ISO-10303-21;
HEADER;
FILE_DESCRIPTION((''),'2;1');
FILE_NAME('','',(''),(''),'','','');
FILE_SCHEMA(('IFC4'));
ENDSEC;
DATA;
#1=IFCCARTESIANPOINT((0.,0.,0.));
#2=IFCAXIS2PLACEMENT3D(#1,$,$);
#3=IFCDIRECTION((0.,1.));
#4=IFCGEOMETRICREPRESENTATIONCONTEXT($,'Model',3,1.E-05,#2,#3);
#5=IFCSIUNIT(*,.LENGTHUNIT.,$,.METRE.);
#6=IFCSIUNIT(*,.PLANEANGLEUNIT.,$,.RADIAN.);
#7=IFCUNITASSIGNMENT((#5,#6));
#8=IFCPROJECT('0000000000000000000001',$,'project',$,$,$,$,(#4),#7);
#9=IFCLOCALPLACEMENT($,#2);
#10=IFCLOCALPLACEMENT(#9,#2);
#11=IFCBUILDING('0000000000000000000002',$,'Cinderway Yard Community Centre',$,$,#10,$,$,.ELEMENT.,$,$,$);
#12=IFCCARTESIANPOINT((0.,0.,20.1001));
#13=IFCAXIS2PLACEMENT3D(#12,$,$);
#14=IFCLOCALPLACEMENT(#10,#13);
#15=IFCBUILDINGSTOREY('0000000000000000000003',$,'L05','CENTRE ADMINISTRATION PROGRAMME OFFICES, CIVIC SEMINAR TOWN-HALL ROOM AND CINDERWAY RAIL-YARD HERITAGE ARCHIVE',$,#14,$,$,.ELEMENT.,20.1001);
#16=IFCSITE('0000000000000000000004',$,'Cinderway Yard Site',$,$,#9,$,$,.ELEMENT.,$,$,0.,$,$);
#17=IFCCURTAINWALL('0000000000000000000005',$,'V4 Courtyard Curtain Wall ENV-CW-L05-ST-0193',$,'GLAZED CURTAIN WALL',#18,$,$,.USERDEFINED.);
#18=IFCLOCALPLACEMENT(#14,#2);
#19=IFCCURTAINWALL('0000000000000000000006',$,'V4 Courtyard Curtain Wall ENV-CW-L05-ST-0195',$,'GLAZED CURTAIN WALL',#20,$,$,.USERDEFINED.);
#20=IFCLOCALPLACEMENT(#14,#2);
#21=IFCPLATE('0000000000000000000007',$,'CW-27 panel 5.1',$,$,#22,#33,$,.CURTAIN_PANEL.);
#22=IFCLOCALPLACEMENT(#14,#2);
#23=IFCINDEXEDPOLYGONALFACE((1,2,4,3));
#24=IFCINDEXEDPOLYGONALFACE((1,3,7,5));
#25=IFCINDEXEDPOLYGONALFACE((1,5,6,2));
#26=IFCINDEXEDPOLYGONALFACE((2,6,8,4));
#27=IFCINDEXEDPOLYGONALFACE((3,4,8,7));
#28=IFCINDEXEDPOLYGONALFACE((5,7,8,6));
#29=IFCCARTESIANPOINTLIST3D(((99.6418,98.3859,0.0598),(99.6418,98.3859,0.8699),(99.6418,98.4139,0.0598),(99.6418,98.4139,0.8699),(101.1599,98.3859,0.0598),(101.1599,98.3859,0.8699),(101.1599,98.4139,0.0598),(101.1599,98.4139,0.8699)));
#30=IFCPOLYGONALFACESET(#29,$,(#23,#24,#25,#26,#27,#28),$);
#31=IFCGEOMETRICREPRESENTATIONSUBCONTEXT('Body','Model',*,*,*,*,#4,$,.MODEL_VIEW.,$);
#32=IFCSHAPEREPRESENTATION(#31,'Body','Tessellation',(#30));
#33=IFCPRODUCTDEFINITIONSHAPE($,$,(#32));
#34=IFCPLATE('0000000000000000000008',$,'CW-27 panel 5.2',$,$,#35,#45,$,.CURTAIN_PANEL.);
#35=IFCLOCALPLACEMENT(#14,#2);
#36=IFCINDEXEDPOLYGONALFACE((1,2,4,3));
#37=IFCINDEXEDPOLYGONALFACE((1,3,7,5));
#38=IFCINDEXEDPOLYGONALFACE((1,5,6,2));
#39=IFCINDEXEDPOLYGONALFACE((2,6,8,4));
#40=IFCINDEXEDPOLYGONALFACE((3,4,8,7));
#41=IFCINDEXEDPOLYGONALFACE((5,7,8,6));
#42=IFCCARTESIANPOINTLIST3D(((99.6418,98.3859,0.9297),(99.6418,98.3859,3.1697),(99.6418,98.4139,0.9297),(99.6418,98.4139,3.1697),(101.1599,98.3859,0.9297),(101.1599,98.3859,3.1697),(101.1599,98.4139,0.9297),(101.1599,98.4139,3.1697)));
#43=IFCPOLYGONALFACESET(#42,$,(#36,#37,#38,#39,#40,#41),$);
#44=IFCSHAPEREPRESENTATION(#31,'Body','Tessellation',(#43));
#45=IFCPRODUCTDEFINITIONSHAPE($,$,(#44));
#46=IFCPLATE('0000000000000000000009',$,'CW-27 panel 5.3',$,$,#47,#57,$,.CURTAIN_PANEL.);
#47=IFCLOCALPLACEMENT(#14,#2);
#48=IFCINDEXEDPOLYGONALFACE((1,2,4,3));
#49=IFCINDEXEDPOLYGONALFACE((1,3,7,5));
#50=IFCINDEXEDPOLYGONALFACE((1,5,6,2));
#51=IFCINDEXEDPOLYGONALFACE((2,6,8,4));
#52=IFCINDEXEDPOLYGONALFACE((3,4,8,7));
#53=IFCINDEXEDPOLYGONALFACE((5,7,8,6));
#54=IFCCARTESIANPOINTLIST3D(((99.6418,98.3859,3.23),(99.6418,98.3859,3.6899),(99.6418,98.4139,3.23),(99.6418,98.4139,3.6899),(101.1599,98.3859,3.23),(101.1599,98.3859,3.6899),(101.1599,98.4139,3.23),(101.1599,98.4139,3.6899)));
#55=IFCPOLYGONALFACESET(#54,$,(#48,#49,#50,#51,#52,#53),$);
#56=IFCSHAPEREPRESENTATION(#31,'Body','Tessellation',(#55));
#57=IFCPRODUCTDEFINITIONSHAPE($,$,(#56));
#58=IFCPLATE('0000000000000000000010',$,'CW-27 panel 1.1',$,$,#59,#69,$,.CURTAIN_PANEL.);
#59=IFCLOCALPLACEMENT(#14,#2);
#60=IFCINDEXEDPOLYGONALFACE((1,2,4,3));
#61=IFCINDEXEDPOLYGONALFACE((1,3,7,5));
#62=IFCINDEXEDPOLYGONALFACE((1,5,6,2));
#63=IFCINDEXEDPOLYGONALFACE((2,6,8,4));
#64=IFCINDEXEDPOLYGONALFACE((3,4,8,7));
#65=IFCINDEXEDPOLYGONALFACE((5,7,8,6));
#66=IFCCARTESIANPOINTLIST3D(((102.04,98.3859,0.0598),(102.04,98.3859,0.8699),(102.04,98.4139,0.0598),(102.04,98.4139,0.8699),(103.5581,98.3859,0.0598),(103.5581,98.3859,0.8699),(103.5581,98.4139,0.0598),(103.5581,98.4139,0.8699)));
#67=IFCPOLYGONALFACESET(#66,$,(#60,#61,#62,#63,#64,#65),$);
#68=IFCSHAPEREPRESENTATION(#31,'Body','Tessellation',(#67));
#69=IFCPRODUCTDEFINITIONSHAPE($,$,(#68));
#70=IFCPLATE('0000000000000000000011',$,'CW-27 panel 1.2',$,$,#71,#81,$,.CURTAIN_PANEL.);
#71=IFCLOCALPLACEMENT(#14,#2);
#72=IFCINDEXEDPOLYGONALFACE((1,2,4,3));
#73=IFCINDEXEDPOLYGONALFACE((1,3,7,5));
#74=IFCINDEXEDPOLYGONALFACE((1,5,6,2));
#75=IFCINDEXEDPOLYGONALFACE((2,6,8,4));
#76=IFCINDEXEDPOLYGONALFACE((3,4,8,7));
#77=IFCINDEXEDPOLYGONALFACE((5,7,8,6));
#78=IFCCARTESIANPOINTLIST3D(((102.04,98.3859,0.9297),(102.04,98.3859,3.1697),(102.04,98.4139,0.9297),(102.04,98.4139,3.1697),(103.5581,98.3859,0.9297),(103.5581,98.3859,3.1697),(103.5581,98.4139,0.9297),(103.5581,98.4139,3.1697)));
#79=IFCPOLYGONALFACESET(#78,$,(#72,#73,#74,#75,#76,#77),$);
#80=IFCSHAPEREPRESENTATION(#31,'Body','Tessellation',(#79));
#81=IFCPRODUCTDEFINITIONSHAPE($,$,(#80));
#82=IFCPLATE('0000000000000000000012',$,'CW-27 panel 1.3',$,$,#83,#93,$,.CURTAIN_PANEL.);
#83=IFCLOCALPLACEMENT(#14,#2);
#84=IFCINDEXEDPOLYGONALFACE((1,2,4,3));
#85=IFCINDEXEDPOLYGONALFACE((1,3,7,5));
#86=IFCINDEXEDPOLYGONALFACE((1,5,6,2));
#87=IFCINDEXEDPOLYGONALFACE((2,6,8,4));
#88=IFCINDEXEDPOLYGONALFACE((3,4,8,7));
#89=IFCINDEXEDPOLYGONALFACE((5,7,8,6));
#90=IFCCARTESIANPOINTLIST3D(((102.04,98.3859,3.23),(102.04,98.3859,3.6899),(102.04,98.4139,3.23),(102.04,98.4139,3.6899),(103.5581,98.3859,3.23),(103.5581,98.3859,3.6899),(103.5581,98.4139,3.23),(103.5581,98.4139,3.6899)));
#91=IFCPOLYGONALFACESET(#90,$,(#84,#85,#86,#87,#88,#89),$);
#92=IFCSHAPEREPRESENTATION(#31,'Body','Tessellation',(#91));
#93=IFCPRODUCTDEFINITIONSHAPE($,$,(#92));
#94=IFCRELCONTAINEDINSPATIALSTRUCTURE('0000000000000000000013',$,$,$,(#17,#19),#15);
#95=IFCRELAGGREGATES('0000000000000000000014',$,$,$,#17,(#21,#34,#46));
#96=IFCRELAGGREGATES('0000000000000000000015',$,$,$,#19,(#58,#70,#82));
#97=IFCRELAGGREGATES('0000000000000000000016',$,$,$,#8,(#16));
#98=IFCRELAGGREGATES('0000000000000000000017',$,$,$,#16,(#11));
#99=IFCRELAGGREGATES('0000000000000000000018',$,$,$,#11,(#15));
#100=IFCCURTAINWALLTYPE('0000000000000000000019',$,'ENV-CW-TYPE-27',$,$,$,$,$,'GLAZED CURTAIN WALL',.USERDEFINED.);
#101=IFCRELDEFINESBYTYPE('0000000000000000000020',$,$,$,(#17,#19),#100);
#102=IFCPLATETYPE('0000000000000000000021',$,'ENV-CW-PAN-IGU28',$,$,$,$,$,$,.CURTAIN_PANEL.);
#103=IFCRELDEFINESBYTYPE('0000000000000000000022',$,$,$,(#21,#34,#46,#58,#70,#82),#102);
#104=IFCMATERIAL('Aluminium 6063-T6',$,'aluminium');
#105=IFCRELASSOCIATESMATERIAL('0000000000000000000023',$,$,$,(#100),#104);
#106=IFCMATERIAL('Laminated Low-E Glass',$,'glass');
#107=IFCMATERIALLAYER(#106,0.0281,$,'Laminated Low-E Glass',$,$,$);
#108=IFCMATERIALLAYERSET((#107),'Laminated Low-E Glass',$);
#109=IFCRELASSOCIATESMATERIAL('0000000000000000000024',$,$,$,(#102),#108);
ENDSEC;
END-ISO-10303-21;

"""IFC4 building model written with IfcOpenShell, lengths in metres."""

from ifc_helpers import new_model, si_unit, direction, frame, origin, origin_2d, place, context, subcontext, project, spatial, rectangle, extrude, material, layer, layer_set, type_object, element, aggregate, save


model = new_model("IFC4")

# Units and contexts
model_context = context("Model", 3, precision=1e-05, world=origin(), true_north=direction((0.0, 1.0)))
body_context = subcontext(model_context, "Body", "Model", "MODEL_VIEW")
ifc_project = project(units=[si_unit("LENGTHUNIT", "METRE"), si_unit("PLANEANGLEUNIT", "RADIAN")], contexts=[model_context])

# Site, building, storey
site_placement = place(None, origin())
site = spatial("IfcSite", under=ifc_project, at=site_placement, Name="Cinderway Yard Site", CompositionType="ELEMENT", RefElevation=0.0)
building_placement = place(site_placement, origin())
building = spatial("IfcBuilding", under=site, at=building_placement, Name="Cinderway Yard Community Centre", CompositionType="ELEMENT")
storey_placement = place(building_placement, frame((0.0, 0.0, 20.1001)))
storey = spatial("IfcBuildingStorey", under=building, at=storey_placement, Name="L05", Description="CENTRE ADMINISTRATION PROGRAMME OFFICES, CIVIC SEMINAR TOWN-HALL ROOM AND CINDERWAY RAIL-YARD HERITAGE ARCHIVE", CompositionType="ELEMENT", Elevation=20.1001)

# Curtain walls
ifc_material_1 = material(Name="Aluminium 6063-T6", Category="aluminium")
curtain_wall_type = type_object("IfcCurtainWallType", Name="ENV-CW-TYPE-27", ElementType="GLAZED CURTAIN WALL", PredefinedType="USERDEFINED", material=ifc_material_1)
curtain_wall_1_placement = place(storey_placement, origin())
curtain_wall_1 = element("IfcCurtainWall", 1, at=curtain_wall_1_placement, inside=storey, type_object=curtain_wall_type, Name="V4 Courtyard Curtain Wall ENV-CW-L05-ST-0193", ObjectType="GLAZED CURTAIN WALL", PredefinedType="USERDEFINED")
curtain_wall_2_placement = place(storey_placement, origin())
curtain_wall_2 = element("IfcCurtainWall", 2, at=curtain_wall_2_placement, inside=storey, type_object=curtain_wall_type, Name="V4 Courtyard Curtain Wall ENV-CW-L05-ST-0195", ObjectType="GLAZED CURTAIN WALL", PredefinedType="USERDEFINED")

# Plates
ifc_material_2 = material(Name="Laminated Low-E Glass", Category="glass")
ifc_layer = layer(ifc_material_2, 0.0281, Name="Laminated Low-E Glass")
ifc_layer_set = layer_set([ifc_layer], Name="Laminated Low-E Glass")
plate_type = type_object("IfcPlateType", Name="ENV-CW-PAN-IGU28", PredefinedType="CURTAIN_PANEL", material=ifc_layer_set)
plate_1_placement = place(storey_placement, frame((100.4009, 98.3999, 0.0598), z_axis=(0.0, 0.0, 1.0), x_axis=(1.0, 0.0, 0.0)))
plate_1 = element("IfcPlate", 3, at=plate_1_placement, type_object=plate_type, Name="CW-27 panel 5.1", PredefinedType="CURTAIN_PANEL", context=body_context, shape_type="SweptSolid", body=[
    extrude(rectangle(XDim=1.5181, YDim=0.0281, at=origin_2d()), origin(), (0.0, 0.0, 1.0), 0.8101),
])
plate_2_placement = place(storey_placement, frame((100.4009, 98.3999, 0.9297), z_axis=(0.0, 0.0, 1.0), x_axis=(1.0, 0.0, 0.0)))
plate_2 = element("IfcPlate", 4, at=plate_2_placement, type_object=plate_type, Name="CW-27 panel 5.2", PredefinedType="CURTAIN_PANEL", context=body_context, shape_type="SweptSolid", body=[
    extrude(rectangle(XDim=1.5181, YDim=0.0281, at=origin_2d()), origin(), (0.0, 0.0, 1.0), 2.24),
])
plate_3_placement = place(storey_placement, frame((100.4009, 98.3999, 3.23), z_axis=(0.0, 0.0, 1.0), x_axis=(1.0, 0.0, 0.0)))
plate_3 = element("IfcPlate", 5, at=plate_3_placement, type_object=plate_type, Name="CW-27 panel 5.3", PredefinedType="CURTAIN_PANEL", context=body_context, shape_type="SweptSolid", body=[
    extrude(rectangle(XDim=1.5181, YDim=0.0281, at=origin_2d()), origin(), (0.0, 0.0, 1.0), 0.46),
])
aggregate(curtain_wall_1, [plate_1, plate_2, plate_3])
plate_4_placement = place(storey_placement, frame((102.7991, 98.3999, 0.0598), z_axis=(0.0, 0.0, 1.0), x_axis=(1.0, 0.0, 0.0)))
plate_4 = element("IfcPlate", 6, at=plate_4_placement, type_object=plate_type, Name="CW-27 panel 1.1", PredefinedType="CURTAIN_PANEL", context=body_context, shape_type="SweptSolid", body=[
    extrude(rectangle(XDim=1.5181, YDim=0.0281, at=origin_2d()), origin(), (0.0, 0.0, 1.0), 0.8101),
])
plate_5_placement = place(storey_placement, frame((102.7991, 98.3999, 0.9297), z_axis=(0.0, 0.0, 1.0), x_axis=(1.0, 0.0, 0.0)))
plate_5 = element("IfcPlate", 7, at=plate_5_placement, type_object=plate_type, Name="CW-27 panel 1.2", PredefinedType="CURTAIN_PANEL", context=body_context, shape_type="SweptSolid", body=[
    extrude(rectangle(XDim=1.5181, YDim=0.0281, at=origin_2d()), origin(), (0.0, 0.0, 1.0), 2.24),
])
plate_6_placement = place(storey_placement, frame((102.7991, 98.3999, 3.23), z_axis=(0.0, 0.0, 1.0), x_axis=(1.0, 0.0, 0.0)))
plate_6 = element("IfcPlate", 8, at=plate_6_placement, type_object=plate_type, Name="CW-27 panel 1.3", PredefinedType="CURTAIN_PANEL", context=body_context, shape_type="SweptSolid", body=[
    extrude(rectangle(XDim=1.5181, YDim=0.0281, at=origin_2d()), origin(), (0.0, 0.0, 1.0), 0.46),
])
aggregate(curtain_wall_2, [plate_4, plate_5, plate_6])

save(model, "model.ifc")
